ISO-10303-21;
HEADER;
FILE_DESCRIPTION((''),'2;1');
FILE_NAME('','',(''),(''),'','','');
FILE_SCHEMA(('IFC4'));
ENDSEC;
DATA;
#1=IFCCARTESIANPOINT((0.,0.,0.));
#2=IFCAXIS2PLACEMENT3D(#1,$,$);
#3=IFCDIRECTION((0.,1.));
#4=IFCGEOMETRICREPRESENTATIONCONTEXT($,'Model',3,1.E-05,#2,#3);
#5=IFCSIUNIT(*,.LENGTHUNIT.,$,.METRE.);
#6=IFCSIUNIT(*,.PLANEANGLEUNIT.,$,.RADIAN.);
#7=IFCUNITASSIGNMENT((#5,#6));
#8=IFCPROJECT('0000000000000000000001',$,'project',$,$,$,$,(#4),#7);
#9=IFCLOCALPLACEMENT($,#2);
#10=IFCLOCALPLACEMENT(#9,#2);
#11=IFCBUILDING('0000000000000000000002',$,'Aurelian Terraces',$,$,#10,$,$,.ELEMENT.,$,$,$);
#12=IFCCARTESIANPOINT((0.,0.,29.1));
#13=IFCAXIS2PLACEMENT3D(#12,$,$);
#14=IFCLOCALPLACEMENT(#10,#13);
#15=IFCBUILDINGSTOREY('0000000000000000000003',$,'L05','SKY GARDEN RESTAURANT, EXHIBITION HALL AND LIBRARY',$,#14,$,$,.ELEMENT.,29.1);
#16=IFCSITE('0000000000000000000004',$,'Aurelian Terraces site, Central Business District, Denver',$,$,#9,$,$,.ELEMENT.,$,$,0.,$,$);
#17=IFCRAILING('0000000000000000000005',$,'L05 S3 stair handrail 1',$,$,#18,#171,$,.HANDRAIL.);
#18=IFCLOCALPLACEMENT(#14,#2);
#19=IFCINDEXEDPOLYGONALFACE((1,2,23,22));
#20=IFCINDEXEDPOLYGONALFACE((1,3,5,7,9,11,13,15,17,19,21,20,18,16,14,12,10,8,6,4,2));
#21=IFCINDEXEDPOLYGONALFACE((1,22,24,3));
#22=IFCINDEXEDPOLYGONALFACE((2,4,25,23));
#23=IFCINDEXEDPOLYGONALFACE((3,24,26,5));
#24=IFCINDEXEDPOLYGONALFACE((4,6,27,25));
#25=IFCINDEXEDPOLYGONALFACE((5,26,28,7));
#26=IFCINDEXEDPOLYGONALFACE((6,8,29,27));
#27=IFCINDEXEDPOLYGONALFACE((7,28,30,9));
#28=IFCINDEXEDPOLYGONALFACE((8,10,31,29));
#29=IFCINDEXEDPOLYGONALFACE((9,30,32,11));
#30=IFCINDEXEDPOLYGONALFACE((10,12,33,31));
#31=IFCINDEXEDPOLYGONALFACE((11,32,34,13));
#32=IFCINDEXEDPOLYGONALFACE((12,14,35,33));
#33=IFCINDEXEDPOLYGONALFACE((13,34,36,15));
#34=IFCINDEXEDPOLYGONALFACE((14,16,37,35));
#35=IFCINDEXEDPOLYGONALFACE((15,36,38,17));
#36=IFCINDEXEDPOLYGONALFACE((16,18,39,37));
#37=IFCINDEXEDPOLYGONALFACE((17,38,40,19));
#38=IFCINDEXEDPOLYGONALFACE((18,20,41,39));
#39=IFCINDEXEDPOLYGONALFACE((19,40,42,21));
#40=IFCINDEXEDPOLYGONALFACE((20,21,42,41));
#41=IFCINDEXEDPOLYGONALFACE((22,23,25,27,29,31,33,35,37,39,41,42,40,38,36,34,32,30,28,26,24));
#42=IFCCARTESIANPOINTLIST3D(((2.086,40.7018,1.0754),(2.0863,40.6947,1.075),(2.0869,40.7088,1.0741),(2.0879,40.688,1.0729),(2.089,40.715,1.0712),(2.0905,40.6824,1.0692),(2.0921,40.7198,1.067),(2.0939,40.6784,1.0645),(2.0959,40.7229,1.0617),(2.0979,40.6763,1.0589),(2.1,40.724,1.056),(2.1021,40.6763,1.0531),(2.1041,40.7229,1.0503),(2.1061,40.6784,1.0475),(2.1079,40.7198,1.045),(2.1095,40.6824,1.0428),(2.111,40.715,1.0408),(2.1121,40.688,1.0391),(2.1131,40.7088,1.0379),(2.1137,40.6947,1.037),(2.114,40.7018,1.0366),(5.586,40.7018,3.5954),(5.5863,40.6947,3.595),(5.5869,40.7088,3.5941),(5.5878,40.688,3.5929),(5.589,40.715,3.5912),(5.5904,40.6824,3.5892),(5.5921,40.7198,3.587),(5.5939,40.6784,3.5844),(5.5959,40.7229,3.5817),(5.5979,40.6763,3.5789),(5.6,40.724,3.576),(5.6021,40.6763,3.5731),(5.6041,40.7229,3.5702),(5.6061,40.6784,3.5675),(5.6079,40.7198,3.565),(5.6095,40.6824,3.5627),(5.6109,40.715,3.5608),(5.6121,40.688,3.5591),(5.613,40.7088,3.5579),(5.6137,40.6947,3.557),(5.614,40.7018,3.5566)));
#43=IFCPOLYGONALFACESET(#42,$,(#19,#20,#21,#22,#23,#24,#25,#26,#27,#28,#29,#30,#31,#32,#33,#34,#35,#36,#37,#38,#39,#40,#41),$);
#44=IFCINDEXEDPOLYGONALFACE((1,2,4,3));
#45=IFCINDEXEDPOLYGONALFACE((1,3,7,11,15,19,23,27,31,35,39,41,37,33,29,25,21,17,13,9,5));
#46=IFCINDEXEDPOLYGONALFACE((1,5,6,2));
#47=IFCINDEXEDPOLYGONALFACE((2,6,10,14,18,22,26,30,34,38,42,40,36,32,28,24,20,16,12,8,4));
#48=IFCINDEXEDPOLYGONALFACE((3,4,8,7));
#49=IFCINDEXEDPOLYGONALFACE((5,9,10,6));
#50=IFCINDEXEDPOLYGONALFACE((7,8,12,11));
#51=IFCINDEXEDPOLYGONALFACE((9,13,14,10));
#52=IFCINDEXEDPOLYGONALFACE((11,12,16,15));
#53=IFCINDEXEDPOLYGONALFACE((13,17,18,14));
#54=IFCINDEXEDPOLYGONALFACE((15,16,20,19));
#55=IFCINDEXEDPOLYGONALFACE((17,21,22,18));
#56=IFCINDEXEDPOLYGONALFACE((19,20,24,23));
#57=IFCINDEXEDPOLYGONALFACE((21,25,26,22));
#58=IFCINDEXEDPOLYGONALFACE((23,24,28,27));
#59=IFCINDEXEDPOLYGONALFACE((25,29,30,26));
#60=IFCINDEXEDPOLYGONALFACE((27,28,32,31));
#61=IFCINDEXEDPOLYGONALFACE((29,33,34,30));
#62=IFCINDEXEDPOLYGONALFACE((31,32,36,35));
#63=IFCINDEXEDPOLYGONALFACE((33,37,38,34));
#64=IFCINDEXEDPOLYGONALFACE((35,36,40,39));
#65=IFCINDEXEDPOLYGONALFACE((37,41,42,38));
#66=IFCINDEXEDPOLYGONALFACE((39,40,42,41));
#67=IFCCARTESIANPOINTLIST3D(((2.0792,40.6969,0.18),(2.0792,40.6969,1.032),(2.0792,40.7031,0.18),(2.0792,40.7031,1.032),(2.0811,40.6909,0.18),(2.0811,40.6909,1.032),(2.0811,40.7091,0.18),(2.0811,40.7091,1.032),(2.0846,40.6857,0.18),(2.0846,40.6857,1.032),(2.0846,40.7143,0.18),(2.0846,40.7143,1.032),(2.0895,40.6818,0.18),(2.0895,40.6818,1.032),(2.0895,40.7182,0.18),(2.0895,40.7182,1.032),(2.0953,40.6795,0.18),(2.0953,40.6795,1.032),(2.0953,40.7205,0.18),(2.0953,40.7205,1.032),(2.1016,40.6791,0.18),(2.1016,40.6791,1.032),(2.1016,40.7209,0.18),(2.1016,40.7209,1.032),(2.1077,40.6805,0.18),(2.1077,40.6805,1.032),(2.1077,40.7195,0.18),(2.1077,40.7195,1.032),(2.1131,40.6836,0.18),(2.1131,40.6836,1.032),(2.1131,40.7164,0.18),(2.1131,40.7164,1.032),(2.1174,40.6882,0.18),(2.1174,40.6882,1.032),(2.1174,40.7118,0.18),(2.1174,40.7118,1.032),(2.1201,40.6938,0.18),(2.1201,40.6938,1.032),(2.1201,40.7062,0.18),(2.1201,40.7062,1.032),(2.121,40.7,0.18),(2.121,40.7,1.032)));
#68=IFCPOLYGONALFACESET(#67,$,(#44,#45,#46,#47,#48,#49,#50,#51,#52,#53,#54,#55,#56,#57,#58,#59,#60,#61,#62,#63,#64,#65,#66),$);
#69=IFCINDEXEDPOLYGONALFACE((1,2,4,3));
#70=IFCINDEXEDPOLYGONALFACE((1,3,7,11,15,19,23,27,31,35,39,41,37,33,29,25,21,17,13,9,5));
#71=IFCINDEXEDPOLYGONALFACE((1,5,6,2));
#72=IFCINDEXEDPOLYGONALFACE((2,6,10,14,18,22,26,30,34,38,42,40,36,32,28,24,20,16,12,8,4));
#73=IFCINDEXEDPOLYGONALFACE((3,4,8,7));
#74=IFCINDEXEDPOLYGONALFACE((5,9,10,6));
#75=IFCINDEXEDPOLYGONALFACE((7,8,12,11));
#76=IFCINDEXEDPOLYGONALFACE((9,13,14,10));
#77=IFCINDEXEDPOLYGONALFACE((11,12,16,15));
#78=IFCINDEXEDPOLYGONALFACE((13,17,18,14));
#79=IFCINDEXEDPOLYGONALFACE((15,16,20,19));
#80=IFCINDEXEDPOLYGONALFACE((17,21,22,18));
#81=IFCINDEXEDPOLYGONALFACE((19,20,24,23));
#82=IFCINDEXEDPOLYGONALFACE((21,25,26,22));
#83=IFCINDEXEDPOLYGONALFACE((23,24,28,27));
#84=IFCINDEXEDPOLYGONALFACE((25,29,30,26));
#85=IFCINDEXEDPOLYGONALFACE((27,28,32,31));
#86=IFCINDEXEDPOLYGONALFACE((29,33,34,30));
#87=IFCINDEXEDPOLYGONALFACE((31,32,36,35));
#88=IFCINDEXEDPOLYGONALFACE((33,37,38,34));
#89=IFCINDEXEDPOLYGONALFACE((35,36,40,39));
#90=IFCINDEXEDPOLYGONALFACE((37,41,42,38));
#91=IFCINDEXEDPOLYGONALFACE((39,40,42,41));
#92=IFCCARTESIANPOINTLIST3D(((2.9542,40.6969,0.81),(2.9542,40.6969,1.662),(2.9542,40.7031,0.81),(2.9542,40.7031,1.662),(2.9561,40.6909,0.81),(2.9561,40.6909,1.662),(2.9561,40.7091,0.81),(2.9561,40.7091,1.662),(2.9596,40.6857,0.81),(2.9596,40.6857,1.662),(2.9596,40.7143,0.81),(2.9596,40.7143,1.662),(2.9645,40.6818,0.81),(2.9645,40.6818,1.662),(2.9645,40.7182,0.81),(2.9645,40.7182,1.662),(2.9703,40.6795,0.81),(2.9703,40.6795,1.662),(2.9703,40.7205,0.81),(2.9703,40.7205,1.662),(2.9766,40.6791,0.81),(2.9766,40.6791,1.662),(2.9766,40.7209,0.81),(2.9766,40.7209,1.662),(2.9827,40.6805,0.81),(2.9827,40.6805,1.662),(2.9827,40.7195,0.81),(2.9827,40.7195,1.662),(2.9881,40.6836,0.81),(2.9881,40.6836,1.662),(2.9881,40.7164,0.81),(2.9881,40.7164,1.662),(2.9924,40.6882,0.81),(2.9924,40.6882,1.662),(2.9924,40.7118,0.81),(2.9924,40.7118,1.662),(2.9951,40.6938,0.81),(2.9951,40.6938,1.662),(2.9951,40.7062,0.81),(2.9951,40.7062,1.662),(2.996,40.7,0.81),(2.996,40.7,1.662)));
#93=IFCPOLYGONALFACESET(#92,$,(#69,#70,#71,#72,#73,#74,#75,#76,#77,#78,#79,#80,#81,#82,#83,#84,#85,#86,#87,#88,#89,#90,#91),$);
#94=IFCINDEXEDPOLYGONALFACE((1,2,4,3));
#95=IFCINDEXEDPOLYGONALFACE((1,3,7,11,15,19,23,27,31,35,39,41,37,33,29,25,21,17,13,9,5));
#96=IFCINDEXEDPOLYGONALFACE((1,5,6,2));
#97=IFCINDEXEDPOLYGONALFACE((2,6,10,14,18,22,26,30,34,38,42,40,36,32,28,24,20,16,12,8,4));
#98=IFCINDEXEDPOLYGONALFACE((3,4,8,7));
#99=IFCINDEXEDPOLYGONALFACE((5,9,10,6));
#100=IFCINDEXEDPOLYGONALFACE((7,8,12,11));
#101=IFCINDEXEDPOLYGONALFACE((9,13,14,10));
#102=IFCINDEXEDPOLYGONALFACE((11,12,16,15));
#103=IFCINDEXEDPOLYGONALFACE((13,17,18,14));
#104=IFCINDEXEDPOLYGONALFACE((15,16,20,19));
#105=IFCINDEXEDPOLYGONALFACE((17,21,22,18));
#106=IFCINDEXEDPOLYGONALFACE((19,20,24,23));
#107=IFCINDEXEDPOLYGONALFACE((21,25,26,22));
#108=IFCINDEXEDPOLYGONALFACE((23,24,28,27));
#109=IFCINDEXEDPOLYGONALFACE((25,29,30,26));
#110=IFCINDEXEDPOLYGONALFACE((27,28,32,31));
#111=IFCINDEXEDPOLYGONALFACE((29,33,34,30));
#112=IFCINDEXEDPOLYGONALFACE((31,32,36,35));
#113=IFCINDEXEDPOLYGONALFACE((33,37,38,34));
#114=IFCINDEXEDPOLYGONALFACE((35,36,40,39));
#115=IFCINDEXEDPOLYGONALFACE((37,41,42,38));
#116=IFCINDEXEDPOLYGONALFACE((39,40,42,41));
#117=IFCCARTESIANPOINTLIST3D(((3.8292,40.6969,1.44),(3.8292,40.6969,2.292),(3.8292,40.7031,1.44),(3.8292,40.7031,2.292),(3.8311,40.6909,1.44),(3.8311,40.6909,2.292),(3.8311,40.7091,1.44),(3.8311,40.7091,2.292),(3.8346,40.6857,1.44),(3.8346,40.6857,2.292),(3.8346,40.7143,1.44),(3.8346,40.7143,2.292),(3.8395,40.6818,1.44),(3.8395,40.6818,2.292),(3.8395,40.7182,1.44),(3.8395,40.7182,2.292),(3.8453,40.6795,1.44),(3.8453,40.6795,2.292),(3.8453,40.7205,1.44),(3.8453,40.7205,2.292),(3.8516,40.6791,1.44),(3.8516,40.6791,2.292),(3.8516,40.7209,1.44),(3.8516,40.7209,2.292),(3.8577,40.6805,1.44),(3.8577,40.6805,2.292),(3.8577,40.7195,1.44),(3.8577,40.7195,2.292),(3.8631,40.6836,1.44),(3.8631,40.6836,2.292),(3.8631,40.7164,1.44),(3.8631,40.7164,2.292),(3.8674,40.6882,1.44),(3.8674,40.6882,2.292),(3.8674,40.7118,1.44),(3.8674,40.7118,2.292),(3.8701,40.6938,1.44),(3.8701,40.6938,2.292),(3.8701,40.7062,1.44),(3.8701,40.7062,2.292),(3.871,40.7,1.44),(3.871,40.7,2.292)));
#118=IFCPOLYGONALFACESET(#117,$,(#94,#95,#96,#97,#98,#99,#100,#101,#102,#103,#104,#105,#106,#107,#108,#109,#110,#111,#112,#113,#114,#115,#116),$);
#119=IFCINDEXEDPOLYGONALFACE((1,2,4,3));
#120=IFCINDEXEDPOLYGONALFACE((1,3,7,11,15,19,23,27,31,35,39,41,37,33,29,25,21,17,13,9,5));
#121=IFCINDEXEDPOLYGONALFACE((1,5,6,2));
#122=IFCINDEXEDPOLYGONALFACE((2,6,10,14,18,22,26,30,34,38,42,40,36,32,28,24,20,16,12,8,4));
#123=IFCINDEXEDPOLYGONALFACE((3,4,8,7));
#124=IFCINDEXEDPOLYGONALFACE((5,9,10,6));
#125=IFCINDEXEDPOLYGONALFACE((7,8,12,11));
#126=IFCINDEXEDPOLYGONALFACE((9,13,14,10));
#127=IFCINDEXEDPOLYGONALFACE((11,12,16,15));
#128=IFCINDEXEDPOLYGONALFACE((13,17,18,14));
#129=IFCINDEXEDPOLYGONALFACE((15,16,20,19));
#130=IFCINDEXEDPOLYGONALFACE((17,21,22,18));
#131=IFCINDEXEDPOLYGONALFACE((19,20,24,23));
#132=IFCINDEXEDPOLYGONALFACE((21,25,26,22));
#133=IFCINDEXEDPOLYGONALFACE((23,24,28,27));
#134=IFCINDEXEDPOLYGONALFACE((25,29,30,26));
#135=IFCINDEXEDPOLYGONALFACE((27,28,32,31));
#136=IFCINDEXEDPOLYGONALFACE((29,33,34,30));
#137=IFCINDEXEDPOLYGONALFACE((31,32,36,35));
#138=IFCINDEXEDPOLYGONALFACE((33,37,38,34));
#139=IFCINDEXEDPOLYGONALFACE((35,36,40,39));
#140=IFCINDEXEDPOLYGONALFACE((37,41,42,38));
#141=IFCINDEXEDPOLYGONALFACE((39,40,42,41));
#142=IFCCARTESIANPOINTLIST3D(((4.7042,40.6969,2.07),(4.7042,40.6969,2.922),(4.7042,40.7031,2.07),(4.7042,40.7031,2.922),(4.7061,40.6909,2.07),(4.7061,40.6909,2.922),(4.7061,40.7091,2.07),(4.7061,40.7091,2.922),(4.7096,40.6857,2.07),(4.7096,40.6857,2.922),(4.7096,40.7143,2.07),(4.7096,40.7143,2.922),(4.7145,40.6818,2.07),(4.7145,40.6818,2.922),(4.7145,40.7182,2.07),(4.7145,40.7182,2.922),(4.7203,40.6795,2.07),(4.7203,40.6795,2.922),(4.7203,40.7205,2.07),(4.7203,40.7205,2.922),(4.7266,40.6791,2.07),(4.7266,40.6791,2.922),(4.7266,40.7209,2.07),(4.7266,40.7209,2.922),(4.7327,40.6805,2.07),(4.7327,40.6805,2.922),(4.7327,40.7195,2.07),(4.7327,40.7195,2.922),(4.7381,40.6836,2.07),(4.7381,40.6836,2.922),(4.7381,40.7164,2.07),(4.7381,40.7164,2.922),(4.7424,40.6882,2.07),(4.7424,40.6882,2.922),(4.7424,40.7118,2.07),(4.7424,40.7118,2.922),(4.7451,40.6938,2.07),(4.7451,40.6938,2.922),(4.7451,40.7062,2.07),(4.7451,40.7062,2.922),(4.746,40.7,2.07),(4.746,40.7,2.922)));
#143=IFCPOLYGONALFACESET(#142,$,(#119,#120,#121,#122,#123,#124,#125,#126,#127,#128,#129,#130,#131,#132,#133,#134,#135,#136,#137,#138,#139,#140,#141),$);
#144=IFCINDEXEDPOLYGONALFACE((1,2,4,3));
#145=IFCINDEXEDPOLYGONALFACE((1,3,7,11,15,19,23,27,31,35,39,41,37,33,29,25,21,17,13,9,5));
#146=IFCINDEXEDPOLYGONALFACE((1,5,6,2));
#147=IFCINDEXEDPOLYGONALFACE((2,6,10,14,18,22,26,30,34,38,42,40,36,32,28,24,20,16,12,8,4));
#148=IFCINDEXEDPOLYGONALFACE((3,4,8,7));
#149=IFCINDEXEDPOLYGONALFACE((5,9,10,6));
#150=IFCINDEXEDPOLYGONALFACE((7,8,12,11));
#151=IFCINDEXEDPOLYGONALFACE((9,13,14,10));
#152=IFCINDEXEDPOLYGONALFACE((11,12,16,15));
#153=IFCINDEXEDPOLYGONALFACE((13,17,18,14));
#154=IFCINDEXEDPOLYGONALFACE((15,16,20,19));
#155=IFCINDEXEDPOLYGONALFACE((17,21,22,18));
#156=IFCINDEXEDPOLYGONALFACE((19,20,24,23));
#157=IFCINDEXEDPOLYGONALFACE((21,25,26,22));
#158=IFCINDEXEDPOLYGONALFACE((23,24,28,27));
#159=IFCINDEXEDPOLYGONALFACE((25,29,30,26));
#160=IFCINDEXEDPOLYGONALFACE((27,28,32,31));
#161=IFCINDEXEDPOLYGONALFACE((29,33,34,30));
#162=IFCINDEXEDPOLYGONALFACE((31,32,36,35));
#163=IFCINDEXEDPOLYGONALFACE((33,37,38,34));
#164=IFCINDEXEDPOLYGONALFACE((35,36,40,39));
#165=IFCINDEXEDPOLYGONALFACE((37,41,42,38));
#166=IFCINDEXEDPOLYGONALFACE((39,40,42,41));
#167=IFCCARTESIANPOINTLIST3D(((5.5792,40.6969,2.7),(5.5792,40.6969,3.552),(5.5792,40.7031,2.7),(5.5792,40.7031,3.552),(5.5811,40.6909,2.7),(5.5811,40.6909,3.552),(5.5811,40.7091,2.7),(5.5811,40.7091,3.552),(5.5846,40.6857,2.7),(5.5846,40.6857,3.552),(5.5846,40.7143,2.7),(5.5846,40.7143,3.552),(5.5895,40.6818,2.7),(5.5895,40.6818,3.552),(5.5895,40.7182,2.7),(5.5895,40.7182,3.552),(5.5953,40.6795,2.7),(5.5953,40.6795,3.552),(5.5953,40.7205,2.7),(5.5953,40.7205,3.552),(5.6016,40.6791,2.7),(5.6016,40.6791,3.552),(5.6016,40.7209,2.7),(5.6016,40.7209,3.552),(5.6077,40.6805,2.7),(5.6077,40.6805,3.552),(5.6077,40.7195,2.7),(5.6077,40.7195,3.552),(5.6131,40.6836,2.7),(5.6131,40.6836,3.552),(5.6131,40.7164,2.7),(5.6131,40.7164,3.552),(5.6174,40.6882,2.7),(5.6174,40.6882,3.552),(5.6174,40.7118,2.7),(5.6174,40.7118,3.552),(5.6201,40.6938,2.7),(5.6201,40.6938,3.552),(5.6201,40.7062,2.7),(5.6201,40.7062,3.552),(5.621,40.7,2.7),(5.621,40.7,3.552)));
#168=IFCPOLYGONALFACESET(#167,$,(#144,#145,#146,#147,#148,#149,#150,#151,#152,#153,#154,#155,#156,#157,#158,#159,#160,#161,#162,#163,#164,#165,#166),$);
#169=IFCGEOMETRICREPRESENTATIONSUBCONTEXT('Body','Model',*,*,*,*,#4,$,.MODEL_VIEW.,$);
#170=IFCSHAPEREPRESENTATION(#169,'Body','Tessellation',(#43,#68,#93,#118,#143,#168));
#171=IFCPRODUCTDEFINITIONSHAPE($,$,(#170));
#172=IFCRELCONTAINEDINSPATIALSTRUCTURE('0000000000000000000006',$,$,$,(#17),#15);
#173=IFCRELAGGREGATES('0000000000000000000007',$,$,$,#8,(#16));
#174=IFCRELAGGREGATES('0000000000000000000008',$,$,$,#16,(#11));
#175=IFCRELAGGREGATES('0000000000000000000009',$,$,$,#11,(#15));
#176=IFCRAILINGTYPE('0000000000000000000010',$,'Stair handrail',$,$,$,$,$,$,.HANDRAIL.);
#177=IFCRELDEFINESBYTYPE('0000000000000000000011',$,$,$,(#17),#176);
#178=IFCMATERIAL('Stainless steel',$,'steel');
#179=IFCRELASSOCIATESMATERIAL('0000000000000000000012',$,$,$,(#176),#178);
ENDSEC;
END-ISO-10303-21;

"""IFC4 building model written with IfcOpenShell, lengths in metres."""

from ifc_helpers import new_model, si_unit, direction, frame, origin, origin_2d, place, context, subcontext, project, spatial, circle, extrude, source, transform, mapped, material, type_object, element, save


model = new_model("IFC4")

# Units and contexts
model_context = context("Model", 3, precision=1e-05, world=origin(), true_north=direction((0.0, 1.0)))
body_context = subcontext(model_context, "Body", "Model", "MODEL_VIEW")
ifc_project = project(units=[si_unit("LENGTHUNIT", "METRE"), si_unit("PLANEANGLEUNIT", "RADIAN")], contexts=[model_context])

# Site, building, storey
site_placement = place(None, origin())
site = spatial("IfcSite", under=ifc_project, at=site_placement, Name="Aurelian Terraces site, Central Business District, Denver", CompositionType="ELEMENT", RefElevation=0.0)
building_placement = place(site_placement, origin())
building = spatial("IfcBuilding", under=site, at=building_placement, Name="Aurelian Terraces", CompositionType="ELEMENT")
storey_placement = place(building_placement, frame((0.0, 0.0, 29.1)))
storey = spatial("IfcBuildingStorey", under=building, at=storey_placement, Name="L05", Description="SKY GARDEN RESTAURANT, EXHIBITION HALL AND LIBRARY", CompositionType="ELEMENT", Elevation=29.1)

# Railing
ifc_material_1 = material(Name="Stainless steel", Category="steel")
railing_type_1 = type_object("IfcRailingType", Name="Stair handrail", PredefinedType="HANDRAIL", material=ifc_material_1)
shared_shape_1 = source(origin(), body_context, "Body", "SweptSolid", [
    extrude(circle(Radius=0.024, at=origin_2d()), frame((0.0, 0.0, 0.876), z_axis=(0.811534, 0.0, 0.584305), x_axis=(0.0, 1.0, 0.0)), (0.0, 0.0, 1.0), 4.3128),
    extrude(circle(Radius=0.021, at=origin_2d()), origin(), (0.0, 0.0, 1.0), 0.852),
    extrude(circle(Radius=0.021, at=origin_2d()), frame((0.875, 0.0, 0.63)), (0.0, 0.0, 1.0), 0.852),
    extrude(circle(Radius=0.021, at=origin_2d()), frame((1.75, 0.0, 1.26)), (0.0, 0.0, 1.0), 0.852),
    extrude(circle(Radius=0.021, at=origin_2d()), frame((2.625, 0.0, 1.89)), (0.0, 0.0, 1.0), 0.852),
    extrude(circle(Radius=0.021, at=origin_2d()), frame((3.5, 0.0, 2.52)), (0.0, 0.0, 1.0), 0.852),
])
railing_1_placement = place(storey_placement, frame((2.1, 40.7, 0.18)))
element("IfcRailing", 1, at=railing_1_placement, inside=storey, type_object=railing_type_1, Name="L05 S3 stair handrail 1", PredefinedType="HANDRAIL", context=body_context, shape_type="MappedRepresentation", body=[
    mapped(shared_shape_1, transform((0.0, 0.0, 0.0), scale=1.0)),
])

save(model, "model.ifc")
